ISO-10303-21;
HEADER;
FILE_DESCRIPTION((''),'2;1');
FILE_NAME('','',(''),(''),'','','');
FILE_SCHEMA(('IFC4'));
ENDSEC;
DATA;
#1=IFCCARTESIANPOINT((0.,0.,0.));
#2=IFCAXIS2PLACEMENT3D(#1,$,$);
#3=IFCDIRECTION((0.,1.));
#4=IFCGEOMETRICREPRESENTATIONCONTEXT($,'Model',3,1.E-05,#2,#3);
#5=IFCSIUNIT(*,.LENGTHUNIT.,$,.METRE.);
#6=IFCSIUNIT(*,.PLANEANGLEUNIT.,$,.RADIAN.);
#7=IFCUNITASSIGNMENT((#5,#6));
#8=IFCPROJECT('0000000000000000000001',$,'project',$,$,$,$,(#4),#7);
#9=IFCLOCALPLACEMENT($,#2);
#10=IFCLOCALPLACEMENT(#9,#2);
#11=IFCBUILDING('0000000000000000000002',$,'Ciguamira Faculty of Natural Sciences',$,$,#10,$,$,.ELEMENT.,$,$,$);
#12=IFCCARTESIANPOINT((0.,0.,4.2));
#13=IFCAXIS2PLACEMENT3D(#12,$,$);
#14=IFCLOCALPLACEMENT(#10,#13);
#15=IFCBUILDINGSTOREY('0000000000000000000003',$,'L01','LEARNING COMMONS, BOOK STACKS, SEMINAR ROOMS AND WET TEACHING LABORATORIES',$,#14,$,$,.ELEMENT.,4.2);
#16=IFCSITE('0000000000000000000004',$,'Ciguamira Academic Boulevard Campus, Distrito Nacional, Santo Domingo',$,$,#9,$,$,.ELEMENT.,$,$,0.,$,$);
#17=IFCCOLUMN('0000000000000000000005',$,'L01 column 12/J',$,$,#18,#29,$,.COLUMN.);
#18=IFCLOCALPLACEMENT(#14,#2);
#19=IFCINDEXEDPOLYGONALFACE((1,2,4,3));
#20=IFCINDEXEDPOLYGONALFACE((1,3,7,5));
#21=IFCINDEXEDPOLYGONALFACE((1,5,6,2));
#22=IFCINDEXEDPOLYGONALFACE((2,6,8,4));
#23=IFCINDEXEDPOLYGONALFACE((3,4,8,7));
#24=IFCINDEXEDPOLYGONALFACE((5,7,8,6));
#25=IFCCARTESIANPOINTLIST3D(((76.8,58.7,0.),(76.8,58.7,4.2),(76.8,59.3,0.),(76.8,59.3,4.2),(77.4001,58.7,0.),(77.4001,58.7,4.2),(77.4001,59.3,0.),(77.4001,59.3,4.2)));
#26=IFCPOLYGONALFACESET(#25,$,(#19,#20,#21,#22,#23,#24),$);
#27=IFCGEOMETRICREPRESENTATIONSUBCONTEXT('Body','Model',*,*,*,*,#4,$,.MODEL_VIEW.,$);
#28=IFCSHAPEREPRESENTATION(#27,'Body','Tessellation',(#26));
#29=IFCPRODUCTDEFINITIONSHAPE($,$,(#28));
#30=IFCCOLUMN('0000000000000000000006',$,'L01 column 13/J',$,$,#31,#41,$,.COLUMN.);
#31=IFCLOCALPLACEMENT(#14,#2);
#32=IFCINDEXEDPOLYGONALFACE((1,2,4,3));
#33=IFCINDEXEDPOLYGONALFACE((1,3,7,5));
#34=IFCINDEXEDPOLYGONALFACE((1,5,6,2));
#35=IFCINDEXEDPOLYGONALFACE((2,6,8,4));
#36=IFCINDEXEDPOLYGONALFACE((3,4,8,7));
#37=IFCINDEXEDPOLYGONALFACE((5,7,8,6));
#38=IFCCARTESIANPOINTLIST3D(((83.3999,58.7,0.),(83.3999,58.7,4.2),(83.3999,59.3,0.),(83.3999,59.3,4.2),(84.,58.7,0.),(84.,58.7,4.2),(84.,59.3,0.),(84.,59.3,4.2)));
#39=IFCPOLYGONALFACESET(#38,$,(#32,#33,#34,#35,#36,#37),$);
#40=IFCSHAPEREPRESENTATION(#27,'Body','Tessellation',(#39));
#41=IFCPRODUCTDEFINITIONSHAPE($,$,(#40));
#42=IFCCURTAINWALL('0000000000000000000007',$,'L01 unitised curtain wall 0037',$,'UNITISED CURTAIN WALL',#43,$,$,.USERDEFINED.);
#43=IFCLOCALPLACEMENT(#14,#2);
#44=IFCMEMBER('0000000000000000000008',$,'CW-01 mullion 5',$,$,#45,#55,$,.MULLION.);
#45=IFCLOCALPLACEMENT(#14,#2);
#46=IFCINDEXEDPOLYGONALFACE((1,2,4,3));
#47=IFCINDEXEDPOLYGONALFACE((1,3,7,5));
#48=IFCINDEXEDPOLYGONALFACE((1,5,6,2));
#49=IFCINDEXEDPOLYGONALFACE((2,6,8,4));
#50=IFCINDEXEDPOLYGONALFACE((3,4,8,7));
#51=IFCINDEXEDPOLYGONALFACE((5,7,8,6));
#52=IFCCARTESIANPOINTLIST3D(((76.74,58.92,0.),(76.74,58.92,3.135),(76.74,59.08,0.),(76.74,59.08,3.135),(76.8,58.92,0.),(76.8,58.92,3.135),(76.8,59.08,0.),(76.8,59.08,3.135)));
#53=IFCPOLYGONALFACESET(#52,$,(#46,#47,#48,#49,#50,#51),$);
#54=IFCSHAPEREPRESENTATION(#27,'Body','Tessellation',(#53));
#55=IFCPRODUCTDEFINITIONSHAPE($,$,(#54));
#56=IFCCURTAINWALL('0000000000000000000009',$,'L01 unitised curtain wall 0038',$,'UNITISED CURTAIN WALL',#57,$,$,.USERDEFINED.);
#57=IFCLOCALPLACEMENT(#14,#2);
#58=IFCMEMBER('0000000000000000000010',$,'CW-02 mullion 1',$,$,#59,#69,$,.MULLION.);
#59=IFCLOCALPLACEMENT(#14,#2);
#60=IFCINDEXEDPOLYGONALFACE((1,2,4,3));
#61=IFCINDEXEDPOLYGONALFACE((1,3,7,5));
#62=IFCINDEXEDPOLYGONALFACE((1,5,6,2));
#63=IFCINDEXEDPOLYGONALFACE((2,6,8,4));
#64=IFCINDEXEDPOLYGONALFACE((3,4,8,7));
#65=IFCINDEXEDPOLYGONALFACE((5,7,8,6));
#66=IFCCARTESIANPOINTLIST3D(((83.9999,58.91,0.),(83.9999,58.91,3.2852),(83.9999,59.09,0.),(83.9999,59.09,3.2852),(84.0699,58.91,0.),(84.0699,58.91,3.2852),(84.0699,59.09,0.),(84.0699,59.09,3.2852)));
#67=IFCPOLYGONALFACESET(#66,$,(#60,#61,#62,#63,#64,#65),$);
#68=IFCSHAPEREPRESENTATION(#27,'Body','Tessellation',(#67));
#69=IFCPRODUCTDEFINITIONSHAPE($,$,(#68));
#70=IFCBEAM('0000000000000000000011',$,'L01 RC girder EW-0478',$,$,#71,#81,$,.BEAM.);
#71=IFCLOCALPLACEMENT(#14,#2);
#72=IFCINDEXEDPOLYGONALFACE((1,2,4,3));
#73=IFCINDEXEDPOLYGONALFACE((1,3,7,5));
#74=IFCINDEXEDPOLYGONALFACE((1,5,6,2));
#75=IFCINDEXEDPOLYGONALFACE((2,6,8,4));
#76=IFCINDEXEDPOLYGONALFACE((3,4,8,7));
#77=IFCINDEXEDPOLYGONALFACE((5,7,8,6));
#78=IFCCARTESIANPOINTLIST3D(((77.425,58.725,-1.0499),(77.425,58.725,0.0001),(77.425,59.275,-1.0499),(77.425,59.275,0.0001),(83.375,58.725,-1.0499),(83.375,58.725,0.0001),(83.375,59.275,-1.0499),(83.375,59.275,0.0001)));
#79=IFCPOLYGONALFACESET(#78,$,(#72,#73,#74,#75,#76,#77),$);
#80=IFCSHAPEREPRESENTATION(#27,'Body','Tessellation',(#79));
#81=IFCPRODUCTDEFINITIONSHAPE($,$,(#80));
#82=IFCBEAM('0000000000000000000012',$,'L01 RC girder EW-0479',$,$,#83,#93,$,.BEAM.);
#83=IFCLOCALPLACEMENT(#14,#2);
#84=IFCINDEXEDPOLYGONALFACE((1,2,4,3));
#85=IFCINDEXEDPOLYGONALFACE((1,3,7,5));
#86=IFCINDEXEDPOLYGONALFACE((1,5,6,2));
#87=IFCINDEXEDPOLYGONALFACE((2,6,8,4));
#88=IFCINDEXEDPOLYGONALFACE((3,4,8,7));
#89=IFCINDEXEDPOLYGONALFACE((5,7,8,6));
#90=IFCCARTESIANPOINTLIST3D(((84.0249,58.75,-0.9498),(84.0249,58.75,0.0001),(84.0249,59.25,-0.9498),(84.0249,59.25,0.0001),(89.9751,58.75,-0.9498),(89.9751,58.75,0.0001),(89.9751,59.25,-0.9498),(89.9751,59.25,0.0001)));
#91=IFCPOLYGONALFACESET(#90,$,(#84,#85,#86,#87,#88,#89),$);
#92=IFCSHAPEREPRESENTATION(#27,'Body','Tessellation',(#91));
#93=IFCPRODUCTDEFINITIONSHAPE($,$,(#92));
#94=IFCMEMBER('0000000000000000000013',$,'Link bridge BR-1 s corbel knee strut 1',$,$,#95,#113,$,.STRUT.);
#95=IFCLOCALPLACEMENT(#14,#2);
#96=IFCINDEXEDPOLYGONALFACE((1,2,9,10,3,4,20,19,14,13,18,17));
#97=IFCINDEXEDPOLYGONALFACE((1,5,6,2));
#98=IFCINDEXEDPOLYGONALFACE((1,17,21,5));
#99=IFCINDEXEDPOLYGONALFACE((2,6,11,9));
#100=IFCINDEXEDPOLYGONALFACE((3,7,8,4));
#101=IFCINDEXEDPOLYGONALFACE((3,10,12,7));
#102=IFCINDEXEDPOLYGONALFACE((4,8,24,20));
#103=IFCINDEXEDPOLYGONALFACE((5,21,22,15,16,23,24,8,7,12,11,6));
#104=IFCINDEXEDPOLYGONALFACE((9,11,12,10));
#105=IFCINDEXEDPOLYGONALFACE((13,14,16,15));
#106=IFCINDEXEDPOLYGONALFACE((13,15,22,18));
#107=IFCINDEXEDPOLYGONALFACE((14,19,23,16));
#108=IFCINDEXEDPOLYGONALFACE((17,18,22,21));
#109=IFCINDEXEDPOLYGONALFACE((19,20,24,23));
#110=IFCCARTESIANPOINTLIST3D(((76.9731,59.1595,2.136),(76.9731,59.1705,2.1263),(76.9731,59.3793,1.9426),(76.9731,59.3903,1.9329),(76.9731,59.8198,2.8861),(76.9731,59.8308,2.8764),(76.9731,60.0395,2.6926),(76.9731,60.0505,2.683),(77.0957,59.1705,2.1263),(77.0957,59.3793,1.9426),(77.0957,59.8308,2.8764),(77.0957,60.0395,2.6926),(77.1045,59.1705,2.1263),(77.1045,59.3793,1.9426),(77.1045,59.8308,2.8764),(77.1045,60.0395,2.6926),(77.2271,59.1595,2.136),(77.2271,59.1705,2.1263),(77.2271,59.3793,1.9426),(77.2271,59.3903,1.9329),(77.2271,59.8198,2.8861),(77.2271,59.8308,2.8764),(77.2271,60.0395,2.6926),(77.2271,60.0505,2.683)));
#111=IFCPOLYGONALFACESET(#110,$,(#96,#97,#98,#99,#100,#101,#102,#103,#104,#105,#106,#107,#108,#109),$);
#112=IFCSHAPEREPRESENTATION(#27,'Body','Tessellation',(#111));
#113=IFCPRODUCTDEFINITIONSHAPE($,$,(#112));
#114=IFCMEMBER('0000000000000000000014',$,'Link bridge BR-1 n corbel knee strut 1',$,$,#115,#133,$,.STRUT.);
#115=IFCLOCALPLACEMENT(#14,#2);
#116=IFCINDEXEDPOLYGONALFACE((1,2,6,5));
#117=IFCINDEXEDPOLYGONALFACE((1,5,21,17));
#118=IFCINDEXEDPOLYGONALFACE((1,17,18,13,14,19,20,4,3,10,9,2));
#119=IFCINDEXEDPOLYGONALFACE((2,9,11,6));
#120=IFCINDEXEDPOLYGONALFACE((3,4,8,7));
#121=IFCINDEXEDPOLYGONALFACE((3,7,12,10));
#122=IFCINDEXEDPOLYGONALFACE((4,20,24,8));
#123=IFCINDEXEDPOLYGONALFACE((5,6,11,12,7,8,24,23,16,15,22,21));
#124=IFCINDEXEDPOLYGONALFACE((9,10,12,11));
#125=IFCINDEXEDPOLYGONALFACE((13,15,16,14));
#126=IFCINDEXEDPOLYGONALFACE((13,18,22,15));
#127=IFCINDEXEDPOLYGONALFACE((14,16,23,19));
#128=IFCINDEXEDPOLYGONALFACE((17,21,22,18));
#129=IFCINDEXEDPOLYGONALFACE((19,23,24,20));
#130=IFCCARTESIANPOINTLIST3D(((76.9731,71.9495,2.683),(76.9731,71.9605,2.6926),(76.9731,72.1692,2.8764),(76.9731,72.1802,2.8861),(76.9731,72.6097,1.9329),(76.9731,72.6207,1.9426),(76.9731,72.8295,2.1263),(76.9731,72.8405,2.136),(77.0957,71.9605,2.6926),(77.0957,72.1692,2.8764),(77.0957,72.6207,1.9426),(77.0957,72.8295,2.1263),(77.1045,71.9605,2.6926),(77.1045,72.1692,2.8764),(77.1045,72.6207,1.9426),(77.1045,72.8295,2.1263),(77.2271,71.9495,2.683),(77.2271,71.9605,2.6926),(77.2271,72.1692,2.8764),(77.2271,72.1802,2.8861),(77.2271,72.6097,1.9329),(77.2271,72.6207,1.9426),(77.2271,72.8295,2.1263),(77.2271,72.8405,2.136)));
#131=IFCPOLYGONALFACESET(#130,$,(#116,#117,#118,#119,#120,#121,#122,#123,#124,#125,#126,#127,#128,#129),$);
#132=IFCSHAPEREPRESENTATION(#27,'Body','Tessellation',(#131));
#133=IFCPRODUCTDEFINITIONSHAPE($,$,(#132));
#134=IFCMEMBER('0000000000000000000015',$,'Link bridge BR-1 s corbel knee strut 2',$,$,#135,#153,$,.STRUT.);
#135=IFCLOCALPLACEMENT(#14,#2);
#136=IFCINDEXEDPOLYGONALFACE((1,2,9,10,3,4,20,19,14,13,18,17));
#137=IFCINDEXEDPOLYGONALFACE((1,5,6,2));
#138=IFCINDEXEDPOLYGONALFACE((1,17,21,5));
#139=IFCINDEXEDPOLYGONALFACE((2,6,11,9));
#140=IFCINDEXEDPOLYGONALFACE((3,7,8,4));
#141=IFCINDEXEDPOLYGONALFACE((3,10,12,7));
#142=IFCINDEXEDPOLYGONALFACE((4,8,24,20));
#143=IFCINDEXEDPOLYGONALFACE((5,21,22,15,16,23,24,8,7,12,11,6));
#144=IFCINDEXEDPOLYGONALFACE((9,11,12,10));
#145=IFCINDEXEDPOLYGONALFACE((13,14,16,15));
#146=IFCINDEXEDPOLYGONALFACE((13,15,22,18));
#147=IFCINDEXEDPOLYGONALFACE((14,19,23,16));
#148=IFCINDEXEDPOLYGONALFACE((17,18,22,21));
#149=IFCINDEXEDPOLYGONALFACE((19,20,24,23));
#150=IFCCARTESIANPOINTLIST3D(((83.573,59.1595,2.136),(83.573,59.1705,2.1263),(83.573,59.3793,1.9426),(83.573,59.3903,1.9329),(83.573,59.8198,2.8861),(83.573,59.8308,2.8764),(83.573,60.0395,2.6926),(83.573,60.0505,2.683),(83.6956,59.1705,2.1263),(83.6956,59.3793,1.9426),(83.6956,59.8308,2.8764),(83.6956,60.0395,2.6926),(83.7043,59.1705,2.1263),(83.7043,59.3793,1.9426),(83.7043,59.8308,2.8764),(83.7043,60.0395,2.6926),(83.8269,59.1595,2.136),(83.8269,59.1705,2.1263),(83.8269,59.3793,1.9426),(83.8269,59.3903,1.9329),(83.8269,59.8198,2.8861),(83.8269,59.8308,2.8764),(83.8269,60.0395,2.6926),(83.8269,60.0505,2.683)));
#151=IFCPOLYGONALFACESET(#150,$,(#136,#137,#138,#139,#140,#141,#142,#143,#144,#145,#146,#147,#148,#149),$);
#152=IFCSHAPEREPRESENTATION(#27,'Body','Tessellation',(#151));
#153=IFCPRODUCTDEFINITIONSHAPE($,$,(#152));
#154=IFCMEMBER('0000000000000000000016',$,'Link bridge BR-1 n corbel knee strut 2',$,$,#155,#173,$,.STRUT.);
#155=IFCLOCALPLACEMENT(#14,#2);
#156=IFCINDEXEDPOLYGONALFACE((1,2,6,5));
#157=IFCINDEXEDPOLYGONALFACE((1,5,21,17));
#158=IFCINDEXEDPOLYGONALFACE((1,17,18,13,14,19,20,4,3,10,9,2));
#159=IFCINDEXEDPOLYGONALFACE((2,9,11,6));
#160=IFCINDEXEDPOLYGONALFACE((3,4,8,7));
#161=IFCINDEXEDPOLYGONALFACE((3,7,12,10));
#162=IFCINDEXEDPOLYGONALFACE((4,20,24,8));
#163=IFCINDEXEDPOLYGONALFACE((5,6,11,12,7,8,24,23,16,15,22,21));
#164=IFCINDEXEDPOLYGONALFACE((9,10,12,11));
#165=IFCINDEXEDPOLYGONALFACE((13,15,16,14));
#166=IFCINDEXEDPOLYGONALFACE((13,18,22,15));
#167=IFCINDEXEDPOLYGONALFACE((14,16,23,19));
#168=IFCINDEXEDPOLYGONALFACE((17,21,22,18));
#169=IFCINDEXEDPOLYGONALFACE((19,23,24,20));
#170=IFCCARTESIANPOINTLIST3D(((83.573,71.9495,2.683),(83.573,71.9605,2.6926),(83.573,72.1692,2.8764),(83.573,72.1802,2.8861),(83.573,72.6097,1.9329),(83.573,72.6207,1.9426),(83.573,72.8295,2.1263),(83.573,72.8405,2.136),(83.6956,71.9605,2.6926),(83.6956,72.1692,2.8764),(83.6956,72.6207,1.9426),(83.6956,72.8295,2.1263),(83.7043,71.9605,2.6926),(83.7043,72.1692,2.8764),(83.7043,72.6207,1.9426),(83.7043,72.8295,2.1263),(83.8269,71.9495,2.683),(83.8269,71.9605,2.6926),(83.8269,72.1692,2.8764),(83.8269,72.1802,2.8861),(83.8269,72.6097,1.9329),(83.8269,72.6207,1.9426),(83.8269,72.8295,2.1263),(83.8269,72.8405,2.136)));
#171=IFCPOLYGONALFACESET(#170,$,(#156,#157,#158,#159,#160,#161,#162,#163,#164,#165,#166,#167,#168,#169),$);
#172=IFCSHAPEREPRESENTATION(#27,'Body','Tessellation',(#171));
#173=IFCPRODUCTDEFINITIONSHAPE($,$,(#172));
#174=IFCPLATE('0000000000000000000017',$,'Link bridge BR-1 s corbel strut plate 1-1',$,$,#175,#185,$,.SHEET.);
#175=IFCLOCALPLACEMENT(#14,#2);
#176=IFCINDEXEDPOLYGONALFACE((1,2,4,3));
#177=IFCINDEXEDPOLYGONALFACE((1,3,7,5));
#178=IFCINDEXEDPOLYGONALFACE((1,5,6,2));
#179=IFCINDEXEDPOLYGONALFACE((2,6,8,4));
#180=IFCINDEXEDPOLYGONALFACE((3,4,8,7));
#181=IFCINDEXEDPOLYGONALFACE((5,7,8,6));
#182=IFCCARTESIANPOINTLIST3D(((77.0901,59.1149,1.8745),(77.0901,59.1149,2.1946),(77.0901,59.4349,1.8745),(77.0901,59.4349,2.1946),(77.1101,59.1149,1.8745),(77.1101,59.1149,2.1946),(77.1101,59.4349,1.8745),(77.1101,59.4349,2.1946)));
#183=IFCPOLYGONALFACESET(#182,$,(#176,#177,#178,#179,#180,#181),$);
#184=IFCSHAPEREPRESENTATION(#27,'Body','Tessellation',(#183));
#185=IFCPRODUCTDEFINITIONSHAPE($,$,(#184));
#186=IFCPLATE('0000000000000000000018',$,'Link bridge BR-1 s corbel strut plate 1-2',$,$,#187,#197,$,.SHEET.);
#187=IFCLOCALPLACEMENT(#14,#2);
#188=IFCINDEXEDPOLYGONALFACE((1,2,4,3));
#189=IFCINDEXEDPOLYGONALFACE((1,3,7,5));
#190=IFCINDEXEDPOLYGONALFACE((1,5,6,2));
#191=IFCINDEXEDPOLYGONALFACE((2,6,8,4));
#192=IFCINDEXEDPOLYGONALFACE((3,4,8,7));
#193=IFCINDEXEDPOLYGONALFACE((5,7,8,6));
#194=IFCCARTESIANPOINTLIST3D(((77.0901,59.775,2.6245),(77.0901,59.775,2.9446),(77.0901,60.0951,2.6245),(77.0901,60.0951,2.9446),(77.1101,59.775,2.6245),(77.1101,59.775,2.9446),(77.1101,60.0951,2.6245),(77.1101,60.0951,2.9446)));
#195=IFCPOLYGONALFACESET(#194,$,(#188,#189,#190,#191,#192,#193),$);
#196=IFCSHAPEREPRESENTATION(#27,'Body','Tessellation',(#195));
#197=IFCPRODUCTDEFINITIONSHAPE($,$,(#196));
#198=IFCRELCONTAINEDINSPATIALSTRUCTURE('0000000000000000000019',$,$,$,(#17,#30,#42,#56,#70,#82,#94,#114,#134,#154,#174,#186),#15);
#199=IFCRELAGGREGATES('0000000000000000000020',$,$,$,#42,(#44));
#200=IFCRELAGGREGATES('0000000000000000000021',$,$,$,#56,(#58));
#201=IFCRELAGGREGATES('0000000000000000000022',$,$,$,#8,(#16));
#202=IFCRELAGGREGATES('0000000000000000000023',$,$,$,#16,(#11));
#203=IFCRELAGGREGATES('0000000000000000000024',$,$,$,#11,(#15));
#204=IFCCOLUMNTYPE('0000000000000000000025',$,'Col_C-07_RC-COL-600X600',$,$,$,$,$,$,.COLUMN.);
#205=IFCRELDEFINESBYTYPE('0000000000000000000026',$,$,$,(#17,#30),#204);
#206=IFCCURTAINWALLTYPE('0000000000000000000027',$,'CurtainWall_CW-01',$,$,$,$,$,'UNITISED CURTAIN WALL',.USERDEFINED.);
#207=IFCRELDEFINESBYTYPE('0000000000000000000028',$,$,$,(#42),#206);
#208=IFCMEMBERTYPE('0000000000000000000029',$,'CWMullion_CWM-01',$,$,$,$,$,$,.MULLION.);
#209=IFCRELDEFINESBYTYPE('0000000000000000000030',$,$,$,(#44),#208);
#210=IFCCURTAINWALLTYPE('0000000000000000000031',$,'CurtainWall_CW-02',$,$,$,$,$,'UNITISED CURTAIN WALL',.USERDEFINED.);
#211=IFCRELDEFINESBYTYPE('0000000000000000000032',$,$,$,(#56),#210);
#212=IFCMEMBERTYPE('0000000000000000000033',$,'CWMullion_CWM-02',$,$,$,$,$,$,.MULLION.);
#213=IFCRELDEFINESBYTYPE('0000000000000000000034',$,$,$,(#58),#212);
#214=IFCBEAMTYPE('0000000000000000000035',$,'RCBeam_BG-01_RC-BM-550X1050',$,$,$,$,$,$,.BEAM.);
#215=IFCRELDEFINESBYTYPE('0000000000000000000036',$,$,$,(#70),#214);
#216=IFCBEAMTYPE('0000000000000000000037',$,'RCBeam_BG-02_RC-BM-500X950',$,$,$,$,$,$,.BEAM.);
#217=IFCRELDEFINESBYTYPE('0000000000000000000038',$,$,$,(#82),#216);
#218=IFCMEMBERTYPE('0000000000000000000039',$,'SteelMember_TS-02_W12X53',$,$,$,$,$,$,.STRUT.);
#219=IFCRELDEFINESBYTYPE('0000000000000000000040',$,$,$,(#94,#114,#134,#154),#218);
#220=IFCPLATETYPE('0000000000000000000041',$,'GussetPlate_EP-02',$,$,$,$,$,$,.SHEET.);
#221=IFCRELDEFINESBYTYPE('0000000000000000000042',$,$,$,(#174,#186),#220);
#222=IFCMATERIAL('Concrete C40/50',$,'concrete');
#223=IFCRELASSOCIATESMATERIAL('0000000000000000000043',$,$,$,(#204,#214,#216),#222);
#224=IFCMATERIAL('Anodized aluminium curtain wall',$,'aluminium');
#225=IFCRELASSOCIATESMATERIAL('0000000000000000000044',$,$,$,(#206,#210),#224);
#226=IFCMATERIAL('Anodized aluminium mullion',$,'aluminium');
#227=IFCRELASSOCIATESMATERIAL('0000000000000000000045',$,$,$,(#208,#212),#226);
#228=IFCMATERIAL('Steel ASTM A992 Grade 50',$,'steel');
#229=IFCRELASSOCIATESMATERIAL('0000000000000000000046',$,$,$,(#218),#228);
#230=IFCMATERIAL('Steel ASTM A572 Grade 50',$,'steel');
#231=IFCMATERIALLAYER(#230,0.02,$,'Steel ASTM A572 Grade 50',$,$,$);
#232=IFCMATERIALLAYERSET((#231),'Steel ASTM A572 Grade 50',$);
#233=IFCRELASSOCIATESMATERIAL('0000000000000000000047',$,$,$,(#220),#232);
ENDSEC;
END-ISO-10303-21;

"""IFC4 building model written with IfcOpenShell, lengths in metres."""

from ifc_helpers import new_model, si_unit, direction, frame, origin, origin_2d, place, context, subcontext, project, spatial, rectangle, i_section, extrude, material, layer, layer_set, material_profile, profile_set, type_object, element, aggregate, save


model = new_model("IFC4")

# Units and contexts
model_context = context("Model", 3, precision=1e-05, world=origin(), true_north=direction((0.0, 1.0)))
body_context = subcontext(model_context, "Body", "Model", "MODEL_VIEW")
ifc_project = project(units=[si_unit("LENGTHUNIT", "METRE"), si_unit("PLANEANGLEUNIT", "RADIAN")], contexts=[model_context])

# Site, building, storey
site_placement = place(None, origin())
site = spatial("IfcSite", under=ifc_project, at=site_placement, Name="Ciguamira Academic Boulevard Campus, Distrito Nacional, Santo Domingo", CompositionType="ELEMENT", RefElevation=0.0)
building_placement = place(site_placement, origin())
building = spatial("IfcBuilding", under=site, at=building_placement, Name="Ciguamira Faculty of Natural Sciences", CompositionType="ELEMENT")
storey_placement = place(building_placement, frame((0.0, 0.0, 4.2)))
storey = spatial("IfcBuildingStorey", under=building, at=storey_placement, Name="L01", Description="LEARNING COMMONS, BOOK STACKS, SEMINAR ROOMS AND WET TEACHING LABORATORIES", CompositionType="ELEMENT", Elevation=4.2)

# Columns
ifc_material_1 = material(Name="Concrete C40/50", Category="concrete")
ifc_material_profile_1 = material_profile(ifc_material_1, rectangle(XDim=0.6001, YDim=0.6001, at=origin_2d()), Name="RC-COL-600X600")
ifc_profile_set_1 = profile_set([ifc_material_profile_1], Name="Concrete C40/50")
column_type = type_object("IfcColumnType", Name="Col_C-07_RC-COL-600X600", PredefinedType="COLUMN", material=ifc_profile_set_1)
for number, where, z_axis, x_axis, name in (
    (1, (77.1001, 59.0, 0.0), (0.0, 0.0, 1.0), (1.0, 0.0, 0.0), "L01 column 12/J"),
    (2, (83.7, 59.0, 0.0), (0.0, 0.0, 1.0), (1.0, 0.0, 0.0), "L01 column 13/J"),
):
    element("IfcColumn", number, at=place(storey_placement, frame(where, z_axis=z_axis, x_axis=x_axis)), inside=storey, type_object=column_type, Name=name, PredefinedType="COLUMN", context=body_context, shape_type="SweptSolid", body=[
        extrude(rectangle(XDim=0.6001, YDim=0.6001, at=origin_2d()), origin(), (0.0, 0.0, 1.0), 4.2),
    ])

# Curtain walls, members
ifc_material_2 = material(Name="Anodized aluminium curtain wall", Category="aluminium")
curtain_wall_type_1 = type_object("IfcCurtainWallType", Name="CurtainWall_CW-01", ElementType="UNITISED CURTAIN WALL", PredefinedType="USERDEFINED", material=ifc_material_2)
curtain_wall_1_placement = place(storey_placement, origin())
curtain_wall_1 = element("IfcCurtainWall", 3, at=curtain_wall_1_placement, inside=storey, type_object=curtain_wall_type_1, Name="L01 unitised curtain wall 0037", ObjectType="UNITISED CURTAIN WALL", PredefinedType="USERDEFINED")
ifc_material_3 = material(Name="Anodized aluminium mullion", Category="aluminium")
ifc_material_profile_2 = material_profile(ifc_material_3, rectangle(XDim=0.0601, YDim=0.1599, at=origin_2d()), Name="ALU-MUL-60X160")
ifc_profile_set_2 = profile_set([ifc_material_profile_2], Name="Anodized aluminium mullion")
member_type_1 = type_object("IfcMemberType", Name="CWMullion_CWM-01", PredefinedType="MULLION", material=ifc_profile_set_2)
member_1_placement = place(storey_placement, frame((76.77, 59.0, 0.0), z_axis=(0.0, 0.0, 1.0), x_axis=(1.0, 0.0, 0.0)))
member_1 = element("IfcMember", 4, at=member_1_placement, type_object=member_type_1, Name="CW-01 mullion 5", PredefinedType="MULLION", context=body_context, shape_type="SweptSolid", body=[
    extrude(rectangle(XDim=0.0601, YDim=0.1599, at=origin_2d()), origin(), (0.0, 0.0, 1.0), 3.135),
])
aggregate(curtain_wall_1, [member_1])
curtain_wall_type_2 = type_object("IfcCurtainWallType", Name="CurtainWall_CW-02", ElementType="UNITISED CURTAIN WALL", PredefinedType="USERDEFINED", material=ifc_material_2)
curtain_wall_2_placement = place(storey_placement, origin())
curtain_wall_2 = element("IfcCurtainWall", 5, at=curtain_wall_2_placement, inside=storey, type_object=curtain_wall_type_2, Name="L01 unitised curtain wall 0038", ObjectType="UNITISED CURTAIN WALL", PredefinedType="USERDEFINED")
ifc_material_profile_3 = material_profile(ifc_material_3, rectangle(XDim=0.0701, YDim=0.1799, at=origin_2d()), Name="ALU-MUL-70X180")
ifc_profile_set_3 = profile_set([ifc_material_profile_3], Name="Anodized aluminium mullion")
member_type_2 = type_object("IfcMemberType", Name="CWMullion_CWM-02", PredefinedType="MULLION", material=ifc_profile_set_3)
member_2_placement = place(storey_placement, frame((84.0349, 59.0, 0.0), z_axis=(0.0, 0.0, 1.0), x_axis=(1.0, 0.0, 0.0)))
member_2 = element("IfcMember", 6, at=member_2_placement, type_object=member_type_2, Name="CW-02 mullion 1", PredefinedType="MULLION", context=body_context, shape_type="SweptSolid", body=[
    extrude(rectangle(XDim=0.0701, YDim=0.1799, at=origin_2d()), origin(), (0.0, 0.0, 1.0), 3.2852),
])
aggregate(curtain_wall_2, [member_2])

# Beams
ifc_material_profile_4 = material_profile(ifc_material_1, rectangle(XDim=0.55, YDim=1.05, at=origin_2d()), Name="RC-BM-550X1050")
ifc_profile_set_4 = profile_set([ifc_material_profile_4], Name="Concrete C40/50")
beam_type_1 = type_object("IfcBeamType", Name="RCBeam_BG-01_RC-BM-550X1050", PredefinedType="BEAM", material=ifc_profile_set_4)
beam_1_placement = place(storey_placement, frame((77.425, 59.0, -0.5249), z_axis=(1.0, 0.0, 0.0), x_axis=(0.0, 1.0, 0.0)))
element("IfcBeam", 7, at=beam_1_placement, inside=storey, type_object=beam_type_1, Name="L01 RC girder EW-0478", PredefinedType="BEAM", context=body_context, shape_type="SweptSolid", body=[
    extrude(rectangle(XDim=0.55, YDim=1.05, at=origin_2d()), origin(), (0.0, 0.0, 1.0), 5.95),
])
ifc_material_profile_5 = material_profile(ifc_material_1, rectangle(XDim=0.5, YDim=0.95, at=origin_2d()), Name="RC-BM-500X950")
ifc_profile_set_5 = profile_set([ifc_material_profile_5], Name="Concrete C40/50")
beam_type_2 = type_object("IfcBeamType", Name="RCBeam_BG-02_RC-BM-500X950", PredefinedType="BEAM", material=ifc_profile_set_5)
beam_2_placement = place(storey_placement, frame((84.0249, 59.0, -0.4749), z_axis=(1.0, 0.0, 0.0), x_axis=(0.0, 1.0, 0.0)))
element("IfcBeam", 8, at=beam_2_placement, inside=storey, type_object=beam_type_2, Name="L01 RC girder EW-0479", PredefinedType="BEAM", context=body_context, shape_type="SweptSolid", body=[
    extrude(rectangle(XDim=0.5, YDim=0.95, at=origin_2d()), origin(), (0.0, 0.0, 1.0), 5.9502),
])

# Members
ifc_material_4 = material(Name="Steel ASTM A992 Grade 50", Category="steel")
ifc_material_profile_6 = material_profile(ifc_material_4, i_section(OverallWidth=0.2539, OverallDepth=0.3074, WebThickness=0.0088, FlangeThickness=0.0146, at=origin_2d()), Name="W12X53")
ifc_profile_set_6 = profile_set([ifc_material_profile_6], Name="Steel ASTM A992 Grade 50")
member_type_3 = type_object("IfcMemberType", Name="SteelMember_TS-02_W12X53", PredefinedType="STRUT", material=ifc_profile_set_6)
for number, where, z_axis, x_axis, name in (
    (9, (77.1001, 59.2749, 2.0344), (0.0, 0.660716, 0.750636), (-1.0, 0.0, 0.0), "Link bridge BR-1 s corbel knee strut 1"),
    (10, (77.1001, 72.7251, 2.0344), (0.0, -0.660716, 0.750636), (1.0, 0.0, 0.0), "Link bridge BR-1 n corbel knee strut 1"),
    (11, (83.7, 59.2749, 2.0344), (0.0, 0.660716, 0.750636), (-1.0, 0.0, 0.0), "Link bridge BR-1 s corbel knee strut 2"),
    (12, (83.7, 72.7251, 2.0344), (0.0, -0.660716, 0.750636), (1.0, 0.0, 0.0), "Link bridge BR-1 n corbel knee strut 2"),
):
    element("IfcMember", number, at=place(storey_placement, frame(where, z_axis=z_axis, x_axis=x_axis)), inside=storey, type_object=member_type_3, Name=name, PredefinedType="STRUT", context=body_context, shape_type="SweptSolid", body=[
        extrude(i_section(OverallWidth=0.2539, OverallDepth=0.3074, WebThickness=0.0088, FlangeThickness=0.0146, at=origin_2d()), origin(), (0.0, 0.0, 1.0), 0.9993),
    ])

# Plates
ifc_material_5 = material(Name="Steel ASTM A572 Grade 50", Category="steel")
ifc_layer_1 = layer(ifc_material_5, 0.02, Name="Steel ASTM A572 Grade 50")
ifc_layer_set_1 = layer_set([ifc_layer_1], Name="Steel ASTM A572 Grade 50")
plate_type = type_object("IfcPlateType", Name="GussetPlate_EP-02", PredefinedType="SHEET", material=ifc_layer_set_1)
for number, where, z_axis, x_axis, name in (
    (13, (77.1001, 59.2749, 1.8745), (0.0, 0.0, 1.0), (1.0, 0.0, 0.0), "Link bridge BR-1 s corbel strut plate 1-1"),
    (14, (77.1001, 59.9351, 2.6245), (0.0, 0.0, 1.0), (1.0, 0.0, 0.0), "Link bridge BR-1 s corbel strut plate 1-2"),
):
    element("IfcPlate", number, at=place(storey_placement, frame(where, z_axis=z_axis, x_axis=x_axis)), inside=storey, type_object=plate_type, Name=name, PredefinedType="SHEET", context=body_context, shape_type="SweptSolid", body=[
        extrude(rectangle(XDim=0.02, YDim=0.3201, at=origin_2d()), origin(), (0.0, 0.0, 1.0), 0.3201),
    ])

save(model, "model.ifc")
